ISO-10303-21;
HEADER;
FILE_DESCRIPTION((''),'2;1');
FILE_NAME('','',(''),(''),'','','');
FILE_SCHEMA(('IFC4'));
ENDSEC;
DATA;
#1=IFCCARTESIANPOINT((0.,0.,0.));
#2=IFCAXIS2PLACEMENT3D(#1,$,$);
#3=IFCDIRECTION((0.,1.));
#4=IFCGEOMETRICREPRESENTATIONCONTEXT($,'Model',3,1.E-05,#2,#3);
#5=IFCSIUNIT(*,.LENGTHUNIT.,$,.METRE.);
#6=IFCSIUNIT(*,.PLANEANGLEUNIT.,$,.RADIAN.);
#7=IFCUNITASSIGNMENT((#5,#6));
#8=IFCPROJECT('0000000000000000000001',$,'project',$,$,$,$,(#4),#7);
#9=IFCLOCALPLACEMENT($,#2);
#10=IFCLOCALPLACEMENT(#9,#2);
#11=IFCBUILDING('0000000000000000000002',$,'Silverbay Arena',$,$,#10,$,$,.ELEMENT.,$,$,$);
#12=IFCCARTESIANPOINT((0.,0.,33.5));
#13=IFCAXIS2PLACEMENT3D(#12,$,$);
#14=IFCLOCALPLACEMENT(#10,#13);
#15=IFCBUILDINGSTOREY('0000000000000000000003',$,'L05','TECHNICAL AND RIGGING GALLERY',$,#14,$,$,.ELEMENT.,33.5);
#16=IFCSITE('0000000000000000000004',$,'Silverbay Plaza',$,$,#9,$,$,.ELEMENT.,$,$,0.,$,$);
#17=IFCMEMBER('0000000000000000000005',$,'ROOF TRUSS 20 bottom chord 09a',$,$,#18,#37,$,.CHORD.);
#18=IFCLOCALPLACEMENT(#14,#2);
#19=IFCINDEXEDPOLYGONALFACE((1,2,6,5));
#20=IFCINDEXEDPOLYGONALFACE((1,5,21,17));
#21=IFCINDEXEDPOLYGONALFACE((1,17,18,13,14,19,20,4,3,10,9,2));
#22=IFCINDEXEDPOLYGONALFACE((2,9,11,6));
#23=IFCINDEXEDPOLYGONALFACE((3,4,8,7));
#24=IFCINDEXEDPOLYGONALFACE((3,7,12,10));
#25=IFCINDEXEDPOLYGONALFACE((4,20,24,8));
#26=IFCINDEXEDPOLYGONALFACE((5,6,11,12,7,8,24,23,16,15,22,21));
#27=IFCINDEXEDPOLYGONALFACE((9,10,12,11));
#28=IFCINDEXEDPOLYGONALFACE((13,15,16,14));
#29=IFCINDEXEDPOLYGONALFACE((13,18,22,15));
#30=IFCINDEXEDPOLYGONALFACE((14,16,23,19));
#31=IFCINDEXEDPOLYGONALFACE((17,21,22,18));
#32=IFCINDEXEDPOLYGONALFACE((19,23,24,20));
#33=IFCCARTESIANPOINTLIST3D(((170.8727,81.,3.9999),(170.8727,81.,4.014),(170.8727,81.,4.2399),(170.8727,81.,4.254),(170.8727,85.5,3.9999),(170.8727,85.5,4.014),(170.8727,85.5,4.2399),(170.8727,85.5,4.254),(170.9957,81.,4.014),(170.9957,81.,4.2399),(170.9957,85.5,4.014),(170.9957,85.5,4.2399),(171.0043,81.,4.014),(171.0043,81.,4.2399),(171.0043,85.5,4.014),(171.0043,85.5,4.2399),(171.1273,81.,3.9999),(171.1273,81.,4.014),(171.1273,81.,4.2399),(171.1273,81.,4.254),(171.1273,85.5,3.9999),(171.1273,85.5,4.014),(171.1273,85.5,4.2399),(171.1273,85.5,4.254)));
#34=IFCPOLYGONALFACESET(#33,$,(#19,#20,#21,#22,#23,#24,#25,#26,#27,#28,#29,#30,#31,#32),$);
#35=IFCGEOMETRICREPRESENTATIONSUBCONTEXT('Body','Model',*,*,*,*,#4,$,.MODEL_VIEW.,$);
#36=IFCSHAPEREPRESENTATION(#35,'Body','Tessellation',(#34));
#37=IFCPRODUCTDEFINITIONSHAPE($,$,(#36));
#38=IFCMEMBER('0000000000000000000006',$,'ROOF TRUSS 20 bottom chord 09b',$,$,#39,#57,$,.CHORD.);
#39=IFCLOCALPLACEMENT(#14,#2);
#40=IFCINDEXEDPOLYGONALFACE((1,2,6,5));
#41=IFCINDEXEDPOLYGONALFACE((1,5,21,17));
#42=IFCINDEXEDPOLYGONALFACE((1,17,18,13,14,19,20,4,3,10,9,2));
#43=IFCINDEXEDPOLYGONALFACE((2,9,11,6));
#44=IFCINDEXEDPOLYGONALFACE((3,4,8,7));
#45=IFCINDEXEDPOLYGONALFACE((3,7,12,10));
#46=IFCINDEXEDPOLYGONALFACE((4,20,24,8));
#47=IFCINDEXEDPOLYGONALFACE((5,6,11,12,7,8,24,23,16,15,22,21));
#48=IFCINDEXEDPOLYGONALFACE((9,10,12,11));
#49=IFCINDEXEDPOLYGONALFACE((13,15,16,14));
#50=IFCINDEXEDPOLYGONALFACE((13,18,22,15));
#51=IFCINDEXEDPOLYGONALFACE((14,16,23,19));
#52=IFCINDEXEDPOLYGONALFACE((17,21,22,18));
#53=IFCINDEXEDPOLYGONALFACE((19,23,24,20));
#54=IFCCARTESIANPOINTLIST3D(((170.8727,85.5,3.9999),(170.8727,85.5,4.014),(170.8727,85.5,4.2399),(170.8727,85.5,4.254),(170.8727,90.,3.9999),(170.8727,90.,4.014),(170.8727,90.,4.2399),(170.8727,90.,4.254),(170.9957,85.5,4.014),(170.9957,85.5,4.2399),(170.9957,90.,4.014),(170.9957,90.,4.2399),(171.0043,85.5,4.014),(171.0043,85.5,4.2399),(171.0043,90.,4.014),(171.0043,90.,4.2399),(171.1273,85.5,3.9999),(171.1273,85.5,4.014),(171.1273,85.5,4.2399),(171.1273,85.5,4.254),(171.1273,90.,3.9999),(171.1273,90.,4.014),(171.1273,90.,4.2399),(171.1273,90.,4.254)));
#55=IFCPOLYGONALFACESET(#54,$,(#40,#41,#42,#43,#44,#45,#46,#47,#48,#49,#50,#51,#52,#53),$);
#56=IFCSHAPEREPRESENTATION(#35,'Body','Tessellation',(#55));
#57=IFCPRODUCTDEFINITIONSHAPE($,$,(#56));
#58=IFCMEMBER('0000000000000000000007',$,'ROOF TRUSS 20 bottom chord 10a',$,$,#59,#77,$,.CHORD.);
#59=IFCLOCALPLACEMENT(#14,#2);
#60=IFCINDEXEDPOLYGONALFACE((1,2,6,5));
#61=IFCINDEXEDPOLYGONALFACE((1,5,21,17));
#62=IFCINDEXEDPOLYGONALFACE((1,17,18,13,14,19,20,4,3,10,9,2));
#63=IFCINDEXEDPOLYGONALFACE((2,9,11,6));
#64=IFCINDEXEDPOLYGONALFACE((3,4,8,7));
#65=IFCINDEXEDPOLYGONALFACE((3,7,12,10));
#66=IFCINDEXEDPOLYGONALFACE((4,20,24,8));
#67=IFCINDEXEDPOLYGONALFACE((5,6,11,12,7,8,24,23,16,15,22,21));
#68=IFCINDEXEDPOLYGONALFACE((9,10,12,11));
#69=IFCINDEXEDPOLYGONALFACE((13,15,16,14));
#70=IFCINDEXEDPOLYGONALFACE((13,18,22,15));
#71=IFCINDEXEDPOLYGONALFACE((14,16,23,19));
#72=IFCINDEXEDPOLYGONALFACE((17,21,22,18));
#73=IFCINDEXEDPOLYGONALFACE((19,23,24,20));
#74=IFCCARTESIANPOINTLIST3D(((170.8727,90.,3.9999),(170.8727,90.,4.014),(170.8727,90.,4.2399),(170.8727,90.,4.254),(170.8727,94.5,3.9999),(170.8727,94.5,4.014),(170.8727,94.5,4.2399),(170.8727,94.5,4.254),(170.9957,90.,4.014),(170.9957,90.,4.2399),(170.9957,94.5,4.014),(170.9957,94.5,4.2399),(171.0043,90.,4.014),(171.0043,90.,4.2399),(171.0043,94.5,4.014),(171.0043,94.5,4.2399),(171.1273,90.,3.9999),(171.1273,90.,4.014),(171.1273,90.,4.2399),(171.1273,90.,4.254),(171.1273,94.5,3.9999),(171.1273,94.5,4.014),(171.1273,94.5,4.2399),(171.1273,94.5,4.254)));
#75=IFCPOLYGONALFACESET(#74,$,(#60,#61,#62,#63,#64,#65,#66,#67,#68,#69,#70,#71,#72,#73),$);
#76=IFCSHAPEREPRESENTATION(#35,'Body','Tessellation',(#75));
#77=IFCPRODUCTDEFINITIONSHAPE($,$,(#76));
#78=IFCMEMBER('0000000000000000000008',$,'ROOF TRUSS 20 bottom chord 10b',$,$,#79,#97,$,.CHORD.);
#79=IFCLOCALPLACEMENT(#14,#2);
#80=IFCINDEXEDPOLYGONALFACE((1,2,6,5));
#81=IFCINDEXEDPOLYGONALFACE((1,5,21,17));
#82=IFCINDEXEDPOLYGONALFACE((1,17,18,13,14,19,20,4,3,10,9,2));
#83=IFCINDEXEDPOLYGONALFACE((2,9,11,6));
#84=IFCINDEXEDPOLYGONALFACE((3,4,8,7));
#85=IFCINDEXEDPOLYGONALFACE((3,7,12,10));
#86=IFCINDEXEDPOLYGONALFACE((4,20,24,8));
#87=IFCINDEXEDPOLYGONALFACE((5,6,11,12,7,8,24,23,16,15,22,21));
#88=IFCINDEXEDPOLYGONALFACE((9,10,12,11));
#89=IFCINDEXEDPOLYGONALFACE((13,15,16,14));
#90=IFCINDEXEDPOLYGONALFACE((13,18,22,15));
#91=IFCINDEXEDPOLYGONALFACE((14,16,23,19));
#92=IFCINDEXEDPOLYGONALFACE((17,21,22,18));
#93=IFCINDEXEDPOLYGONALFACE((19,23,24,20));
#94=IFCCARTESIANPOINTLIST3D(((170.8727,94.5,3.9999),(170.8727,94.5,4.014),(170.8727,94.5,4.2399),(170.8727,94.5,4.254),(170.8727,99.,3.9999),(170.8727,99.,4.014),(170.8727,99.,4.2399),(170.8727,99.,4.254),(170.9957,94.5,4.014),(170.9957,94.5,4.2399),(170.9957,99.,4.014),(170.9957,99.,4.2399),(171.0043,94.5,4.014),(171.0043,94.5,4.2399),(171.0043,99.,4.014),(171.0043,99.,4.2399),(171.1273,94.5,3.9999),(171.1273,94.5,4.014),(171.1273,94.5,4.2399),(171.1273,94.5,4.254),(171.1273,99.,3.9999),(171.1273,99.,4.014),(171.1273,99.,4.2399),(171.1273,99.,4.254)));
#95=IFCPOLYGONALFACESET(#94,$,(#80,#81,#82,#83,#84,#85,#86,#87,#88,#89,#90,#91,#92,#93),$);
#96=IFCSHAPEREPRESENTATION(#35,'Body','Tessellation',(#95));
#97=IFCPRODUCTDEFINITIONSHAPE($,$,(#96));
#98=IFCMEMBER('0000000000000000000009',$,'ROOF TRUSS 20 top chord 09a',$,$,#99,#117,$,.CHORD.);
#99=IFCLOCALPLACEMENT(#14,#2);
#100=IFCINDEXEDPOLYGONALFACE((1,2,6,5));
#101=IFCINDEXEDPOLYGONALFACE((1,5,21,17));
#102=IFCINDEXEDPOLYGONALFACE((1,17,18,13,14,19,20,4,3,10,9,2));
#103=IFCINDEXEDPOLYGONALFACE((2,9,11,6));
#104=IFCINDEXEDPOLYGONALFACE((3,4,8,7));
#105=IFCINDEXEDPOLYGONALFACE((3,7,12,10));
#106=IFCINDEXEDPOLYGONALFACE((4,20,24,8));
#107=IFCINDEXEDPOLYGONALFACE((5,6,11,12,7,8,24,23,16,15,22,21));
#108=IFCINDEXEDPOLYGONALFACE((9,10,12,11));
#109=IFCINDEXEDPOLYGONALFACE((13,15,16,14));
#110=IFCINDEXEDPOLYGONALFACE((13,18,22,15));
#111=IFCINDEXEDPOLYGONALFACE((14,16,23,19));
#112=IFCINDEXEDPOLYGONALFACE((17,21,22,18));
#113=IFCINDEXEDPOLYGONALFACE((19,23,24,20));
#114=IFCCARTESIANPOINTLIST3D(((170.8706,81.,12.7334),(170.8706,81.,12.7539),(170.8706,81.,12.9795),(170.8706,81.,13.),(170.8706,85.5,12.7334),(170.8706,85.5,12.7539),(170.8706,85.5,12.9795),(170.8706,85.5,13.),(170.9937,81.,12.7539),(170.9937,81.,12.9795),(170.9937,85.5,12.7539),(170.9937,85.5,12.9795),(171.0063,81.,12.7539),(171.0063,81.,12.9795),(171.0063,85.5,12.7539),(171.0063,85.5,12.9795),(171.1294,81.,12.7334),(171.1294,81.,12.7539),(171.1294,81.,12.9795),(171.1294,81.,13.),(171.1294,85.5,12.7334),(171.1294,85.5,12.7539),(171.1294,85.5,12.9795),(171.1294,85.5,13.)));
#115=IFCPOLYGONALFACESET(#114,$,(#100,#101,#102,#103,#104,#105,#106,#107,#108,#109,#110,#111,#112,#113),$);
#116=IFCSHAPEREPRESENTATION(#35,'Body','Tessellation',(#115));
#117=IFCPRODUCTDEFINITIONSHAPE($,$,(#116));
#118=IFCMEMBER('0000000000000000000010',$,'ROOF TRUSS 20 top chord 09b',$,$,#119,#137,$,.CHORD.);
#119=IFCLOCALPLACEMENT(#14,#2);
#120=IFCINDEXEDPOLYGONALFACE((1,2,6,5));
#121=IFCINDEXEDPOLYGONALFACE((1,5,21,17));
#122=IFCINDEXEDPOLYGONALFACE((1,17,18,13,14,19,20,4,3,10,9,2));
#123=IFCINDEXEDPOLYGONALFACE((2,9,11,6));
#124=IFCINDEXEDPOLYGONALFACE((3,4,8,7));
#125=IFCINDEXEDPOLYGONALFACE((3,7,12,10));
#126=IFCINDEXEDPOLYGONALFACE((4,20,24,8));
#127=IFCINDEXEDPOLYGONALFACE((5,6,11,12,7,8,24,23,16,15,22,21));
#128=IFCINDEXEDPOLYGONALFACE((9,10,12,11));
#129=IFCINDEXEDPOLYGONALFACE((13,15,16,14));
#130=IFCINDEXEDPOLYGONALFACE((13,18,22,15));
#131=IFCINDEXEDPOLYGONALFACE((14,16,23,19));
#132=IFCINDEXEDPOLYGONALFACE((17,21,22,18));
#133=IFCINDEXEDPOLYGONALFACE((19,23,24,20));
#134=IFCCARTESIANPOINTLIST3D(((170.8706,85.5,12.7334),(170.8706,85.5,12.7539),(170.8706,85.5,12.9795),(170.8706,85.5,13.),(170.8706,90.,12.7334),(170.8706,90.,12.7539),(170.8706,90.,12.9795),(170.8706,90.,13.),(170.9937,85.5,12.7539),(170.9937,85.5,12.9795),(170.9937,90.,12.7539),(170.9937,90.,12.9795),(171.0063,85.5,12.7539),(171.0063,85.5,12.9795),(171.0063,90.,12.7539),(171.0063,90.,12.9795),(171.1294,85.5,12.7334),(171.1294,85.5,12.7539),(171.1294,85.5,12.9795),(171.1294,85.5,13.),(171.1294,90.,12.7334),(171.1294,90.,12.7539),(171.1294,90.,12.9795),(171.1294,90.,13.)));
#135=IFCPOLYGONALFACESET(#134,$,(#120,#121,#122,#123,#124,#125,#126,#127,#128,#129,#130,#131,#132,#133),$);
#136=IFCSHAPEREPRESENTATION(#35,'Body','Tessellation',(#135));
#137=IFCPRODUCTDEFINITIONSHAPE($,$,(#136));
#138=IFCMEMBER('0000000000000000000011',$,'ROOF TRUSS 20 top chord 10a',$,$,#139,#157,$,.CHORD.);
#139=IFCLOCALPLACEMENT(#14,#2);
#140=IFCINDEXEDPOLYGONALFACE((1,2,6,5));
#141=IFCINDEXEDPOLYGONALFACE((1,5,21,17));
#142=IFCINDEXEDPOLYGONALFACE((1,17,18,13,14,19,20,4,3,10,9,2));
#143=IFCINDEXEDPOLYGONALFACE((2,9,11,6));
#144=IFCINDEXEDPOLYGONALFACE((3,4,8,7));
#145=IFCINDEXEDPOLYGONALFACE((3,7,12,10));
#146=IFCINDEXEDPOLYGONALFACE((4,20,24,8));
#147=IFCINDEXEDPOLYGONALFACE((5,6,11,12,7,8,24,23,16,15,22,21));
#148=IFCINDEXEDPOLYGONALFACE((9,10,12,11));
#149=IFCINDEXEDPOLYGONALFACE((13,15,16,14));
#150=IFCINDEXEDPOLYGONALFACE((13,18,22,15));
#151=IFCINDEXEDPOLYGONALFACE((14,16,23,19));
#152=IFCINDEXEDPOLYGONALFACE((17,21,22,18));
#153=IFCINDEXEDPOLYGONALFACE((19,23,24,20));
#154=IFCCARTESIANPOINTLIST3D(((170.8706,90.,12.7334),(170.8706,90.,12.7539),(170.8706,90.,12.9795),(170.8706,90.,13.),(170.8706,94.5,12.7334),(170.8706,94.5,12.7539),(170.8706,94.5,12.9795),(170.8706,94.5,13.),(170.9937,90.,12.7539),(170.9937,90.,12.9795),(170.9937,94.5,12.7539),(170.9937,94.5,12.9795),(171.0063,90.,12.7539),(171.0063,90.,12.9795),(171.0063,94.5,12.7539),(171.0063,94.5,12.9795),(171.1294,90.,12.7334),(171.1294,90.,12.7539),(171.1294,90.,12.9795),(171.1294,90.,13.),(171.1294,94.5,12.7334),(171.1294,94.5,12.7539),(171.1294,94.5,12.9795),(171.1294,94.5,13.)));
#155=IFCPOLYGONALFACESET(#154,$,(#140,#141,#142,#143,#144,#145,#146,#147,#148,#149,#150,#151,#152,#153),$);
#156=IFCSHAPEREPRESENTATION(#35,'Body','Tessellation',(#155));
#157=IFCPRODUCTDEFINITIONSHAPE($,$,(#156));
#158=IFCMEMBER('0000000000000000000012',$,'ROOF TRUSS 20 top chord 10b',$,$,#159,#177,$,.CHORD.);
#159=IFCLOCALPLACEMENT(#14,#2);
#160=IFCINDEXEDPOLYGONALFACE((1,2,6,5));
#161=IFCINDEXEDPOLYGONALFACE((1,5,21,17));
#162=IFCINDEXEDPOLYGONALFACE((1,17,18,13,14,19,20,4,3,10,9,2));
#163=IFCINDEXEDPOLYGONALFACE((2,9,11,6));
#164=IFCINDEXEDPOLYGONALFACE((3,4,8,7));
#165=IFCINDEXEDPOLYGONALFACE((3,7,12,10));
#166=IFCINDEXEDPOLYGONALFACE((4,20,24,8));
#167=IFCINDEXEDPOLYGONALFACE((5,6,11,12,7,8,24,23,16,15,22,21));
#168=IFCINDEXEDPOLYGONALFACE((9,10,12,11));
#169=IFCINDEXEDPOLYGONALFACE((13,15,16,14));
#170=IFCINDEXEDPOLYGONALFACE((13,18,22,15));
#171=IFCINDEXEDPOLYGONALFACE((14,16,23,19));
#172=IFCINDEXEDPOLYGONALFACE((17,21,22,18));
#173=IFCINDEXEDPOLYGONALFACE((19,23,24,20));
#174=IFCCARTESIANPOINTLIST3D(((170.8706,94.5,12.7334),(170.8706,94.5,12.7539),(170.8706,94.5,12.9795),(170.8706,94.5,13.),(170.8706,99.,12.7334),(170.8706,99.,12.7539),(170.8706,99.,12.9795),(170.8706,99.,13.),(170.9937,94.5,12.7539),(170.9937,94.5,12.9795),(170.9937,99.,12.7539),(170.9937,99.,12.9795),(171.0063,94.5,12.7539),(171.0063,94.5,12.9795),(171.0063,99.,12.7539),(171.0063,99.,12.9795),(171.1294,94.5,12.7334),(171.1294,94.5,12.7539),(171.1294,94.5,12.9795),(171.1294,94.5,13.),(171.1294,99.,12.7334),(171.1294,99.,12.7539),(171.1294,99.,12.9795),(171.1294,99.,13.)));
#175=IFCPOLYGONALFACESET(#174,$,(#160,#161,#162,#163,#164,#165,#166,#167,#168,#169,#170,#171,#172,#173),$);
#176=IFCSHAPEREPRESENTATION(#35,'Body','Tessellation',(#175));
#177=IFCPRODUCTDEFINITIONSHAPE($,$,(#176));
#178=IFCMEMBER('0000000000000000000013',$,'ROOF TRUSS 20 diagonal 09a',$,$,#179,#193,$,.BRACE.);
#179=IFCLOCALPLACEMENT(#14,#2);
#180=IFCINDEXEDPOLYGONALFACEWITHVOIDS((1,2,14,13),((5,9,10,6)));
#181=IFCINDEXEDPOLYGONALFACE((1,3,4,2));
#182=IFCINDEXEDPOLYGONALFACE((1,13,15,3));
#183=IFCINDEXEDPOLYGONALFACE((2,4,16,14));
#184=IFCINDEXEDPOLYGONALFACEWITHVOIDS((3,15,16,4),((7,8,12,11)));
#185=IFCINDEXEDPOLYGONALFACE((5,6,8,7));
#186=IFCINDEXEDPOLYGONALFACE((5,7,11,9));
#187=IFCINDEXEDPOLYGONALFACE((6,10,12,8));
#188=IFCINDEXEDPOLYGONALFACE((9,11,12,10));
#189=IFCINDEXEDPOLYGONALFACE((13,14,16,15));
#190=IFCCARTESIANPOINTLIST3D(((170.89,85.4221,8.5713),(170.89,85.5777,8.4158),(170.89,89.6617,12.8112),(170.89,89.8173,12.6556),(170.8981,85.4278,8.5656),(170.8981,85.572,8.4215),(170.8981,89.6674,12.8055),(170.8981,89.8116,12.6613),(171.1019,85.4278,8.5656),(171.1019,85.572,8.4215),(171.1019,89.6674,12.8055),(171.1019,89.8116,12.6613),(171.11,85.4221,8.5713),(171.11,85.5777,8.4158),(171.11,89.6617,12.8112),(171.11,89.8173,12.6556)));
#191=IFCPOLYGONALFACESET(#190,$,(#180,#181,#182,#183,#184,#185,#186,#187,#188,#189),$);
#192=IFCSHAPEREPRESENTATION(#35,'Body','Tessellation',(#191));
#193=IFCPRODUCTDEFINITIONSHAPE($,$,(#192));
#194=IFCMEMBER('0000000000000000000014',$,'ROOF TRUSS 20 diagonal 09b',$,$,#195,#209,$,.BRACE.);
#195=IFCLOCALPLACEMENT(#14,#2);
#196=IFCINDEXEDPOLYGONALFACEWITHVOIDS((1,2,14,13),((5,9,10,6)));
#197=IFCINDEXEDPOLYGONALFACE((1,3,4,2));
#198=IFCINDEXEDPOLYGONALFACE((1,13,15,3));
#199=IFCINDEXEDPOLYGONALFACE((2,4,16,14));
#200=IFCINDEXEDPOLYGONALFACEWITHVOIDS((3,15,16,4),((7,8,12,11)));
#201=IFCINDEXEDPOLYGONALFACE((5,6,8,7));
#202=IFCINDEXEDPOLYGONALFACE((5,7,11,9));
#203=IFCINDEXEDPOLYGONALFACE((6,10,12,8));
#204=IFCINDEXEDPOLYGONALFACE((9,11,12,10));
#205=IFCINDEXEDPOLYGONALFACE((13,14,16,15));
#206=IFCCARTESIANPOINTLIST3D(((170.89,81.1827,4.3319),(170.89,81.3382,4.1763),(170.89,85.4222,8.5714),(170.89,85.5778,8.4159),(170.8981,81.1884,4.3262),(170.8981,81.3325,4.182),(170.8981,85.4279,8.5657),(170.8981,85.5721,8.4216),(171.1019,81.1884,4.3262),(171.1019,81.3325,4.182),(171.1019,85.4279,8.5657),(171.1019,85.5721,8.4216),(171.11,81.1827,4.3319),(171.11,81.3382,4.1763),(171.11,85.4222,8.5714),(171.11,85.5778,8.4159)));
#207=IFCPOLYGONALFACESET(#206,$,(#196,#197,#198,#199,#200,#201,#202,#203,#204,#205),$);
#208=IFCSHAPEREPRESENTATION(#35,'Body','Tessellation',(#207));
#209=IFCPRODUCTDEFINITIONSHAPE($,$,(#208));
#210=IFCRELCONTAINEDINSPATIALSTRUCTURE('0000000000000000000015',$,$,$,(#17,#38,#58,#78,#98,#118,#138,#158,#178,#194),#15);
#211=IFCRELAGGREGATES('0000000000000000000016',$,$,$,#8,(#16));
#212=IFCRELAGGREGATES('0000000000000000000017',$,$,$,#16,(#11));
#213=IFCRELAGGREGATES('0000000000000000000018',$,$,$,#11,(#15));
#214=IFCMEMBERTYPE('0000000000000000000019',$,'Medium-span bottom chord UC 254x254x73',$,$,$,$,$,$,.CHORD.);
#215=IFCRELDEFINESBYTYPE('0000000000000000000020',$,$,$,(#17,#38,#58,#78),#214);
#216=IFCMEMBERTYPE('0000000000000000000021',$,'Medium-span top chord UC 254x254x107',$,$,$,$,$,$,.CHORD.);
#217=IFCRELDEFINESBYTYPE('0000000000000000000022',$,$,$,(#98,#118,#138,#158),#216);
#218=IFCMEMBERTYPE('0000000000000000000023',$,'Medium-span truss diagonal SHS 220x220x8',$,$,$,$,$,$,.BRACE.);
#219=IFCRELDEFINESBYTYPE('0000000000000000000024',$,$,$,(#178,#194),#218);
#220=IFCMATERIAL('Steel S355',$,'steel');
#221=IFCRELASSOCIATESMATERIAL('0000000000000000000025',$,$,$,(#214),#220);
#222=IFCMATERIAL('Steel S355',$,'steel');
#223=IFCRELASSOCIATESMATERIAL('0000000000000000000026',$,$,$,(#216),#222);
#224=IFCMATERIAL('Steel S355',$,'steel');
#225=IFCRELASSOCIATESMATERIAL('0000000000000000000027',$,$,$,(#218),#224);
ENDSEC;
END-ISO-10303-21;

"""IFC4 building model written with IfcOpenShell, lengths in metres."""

from ifc_helpers import new_model, si_unit, direction, frame, origin, origin_2d, place, context, subcontext, project, spatial, hollow_rectangle, i_section, extrude, material, material_profile, profile_set, type_object, element, save


model = new_model("IFC4")

# Units and contexts
model_context = context("Model", 3, precision=1e-05, world=origin(), true_north=direction((0.0, 1.0)))
body_context = subcontext(model_context, "Body", "Model", "MODEL_VIEW")
ifc_project = project(units=[si_unit("LENGTHUNIT", "METRE"), si_unit("PLANEANGLEUNIT", "RADIAN")], contexts=[model_context])

# Site, building, storey
site_placement = place(None, origin())
site = spatial("IfcSite", under=ifc_project, at=site_placement, Name="Silverbay Plaza", CompositionType="ELEMENT", RefElevation=0.0)
building_placement = place(site_placement, origin())
building = spatial("IfcBuilding", under=site, at=building_placement, Name="Silverbay Arena", CompositionType="ELEMENT")
storey_placement = place(building_placement, frame((0.0, 0.0, 33.5)))
storey = spatial("IfcBuildingStorey", under=building, at=storey_placement, Name="L05", Description="TECHNICAL AND RIGGING GALLERY", CompositionType="ELEMENT", Elevation=33.5)

# Members
ifc_material_1 = material(Name="Steel S355", Category="steel")
ifc_material_profile_1 = material_profile(ifc_material_1, i_section(OverallWidth=0.2546, OverallDepth=0.2542, WebThickness=0.0085, FlangeThickness=0.0142, at=origin_2d()), Name="UC 254x254x73")
ifc_profile_set_1 = profile_set([ifc_material_profile_1], Name="Steel S355")
member_type_1 = type_object("IfcMemberType", Name="Medium-span bottom chord UC 254x254x73", PredefinedType="CHORD", material=ifc_profile_set_1)
for number, where, z_axis, x_axis, name in (
    (1, (171.0, 81.0, 4.127), (0.0, 1.0, 0.0), (-1.0, 0.0, 0.0), "ROOF TRUSS 20 bottom chord 09a"),
    (2, (171.0, 85.5, 4.127), (0.0, 1.0, 0.0), (-1.0, 0.0, 0.0), "ROOF TRUSS 20 bottom chord 09b"),
    (3, (171.0, 90.0, 4.127), (0.0, 1.0, 0.0), (-1.0, 0.0, 0.0), "ROOF TRUSS 20 bottom chord 10a"),
    (4, (171.0, 94.5, 4.127), (0.0, 1.0, 0.0), (-1.0, 0.0, 0.0), "ROOF TRUSS 20 bottom chord 10b"),
):
    element("IfcMember", number, at=place(storey_placement, frame(where, z_axis=z_axis, x_axis=x_axis)), inside=storey, type_object=member_type_1, Name=name, PredefinedType="CHORD", context=body_context, shape_type="SweptSolid", body=[
        extrude(i_section(OverallWidth=0.2546, OverallDepth=0.2542, WebThickness=0.0085, FlangeThickness=0.0142, at=origin_2d()), origin(), (0.0, 0.0, 1.0), 4.5),
    ])
ifc_material_2 = material(Name="Steel S355", Category="steel")
ifc_material_profile_2 = material_profile(ifc_material_2, i_section(OverallWidth=0.2588, OverallDepth=0.2666, WebThickness=0.0127, FlangeThickness=0.0205, at=origin_2d()), Name="UC 254x254x107")
ifc_profile_set_2 = profile_set([ifc_material_profile_2], Name="Steel S355")
member_type_2 = type_object("IfcMemberType", Name="Medium-span top chord UC 254x254x107", PredefinedType="CHORD", material=ifc_profile_set_2)
for number, where, z_axis, x_axis, name in (
    (5, (171.0, 81.0, 12.8667), (0.0, 1.0, 0.0), (-1.0, 0.0, 0.0), "ROOF TRUSS 20 top chord 09a"),
    (6, (171.0, 85.5, 12.8667), (0.0, 1.0, 0.0), (-1.0, 0.0, 0.0), "ROOF TRUSS 20 top chord 09b"),
    (7, (171.0, 90.0, 12.8667), (0.0, 1.0, 0.0), (-1.0, 0.0, 0.0), "ROOF TRUSS 20 top chord 10a"),
    (8, (171.0, 94.5, 12.8667), (0.0, 1.0, 0.0), (-1.0, 0.0, 0.0), "ROOF TRUSS 20 top chord 10b"),
):
    element("IfcMember", number, at=place(storey_placement, frame(where, z_axis=z_axis, x_axis=x_axis)), inside=storey, type_object=member_type_2, Name=name, PredefinedType="CHORD", context=body_context, shape_type="SweptSolid", body=[
        extrude(i_section(OverallWidth=0.2588, OverallDepth=0.2666, WebThickness=0.0127, FlangeThickness=0.0205, at=origin_2d()), origin(), (0.0, 0.0, 1.0), 4.5),
    ])
ifc_material_3 = material(Name="Steel S355", Category="steel")
ifc_material_profile_3 = material_profile(ifc_material_3, hollow_rectangle(XDim=0.22, YDim=0.22, WallThickness=0.0081, at=origin_2d()), Name="SHS 220x220x8")
ifc_profile_set_3 = profile_set([ifc_material_profile_3], Name="Steel S355")
member_type_3 = type_object("IfcMemberType", Name="Medium-span truss diagonal SHS 220x220x8", PredefinedType="BRACE", material=ifc_profile_set_3)
member_1_placement = place(storey_placement, frame((171.0, 89.7395, 12.7334), z_axis=(0.0, -0.707086, -0.707127), x_axis=(1.0, 0.0, 0.0)))
element("IfcMember", 9, at=member_1_placement, inside=storey, type_object=member_type_3, Name="ROOF TRUSS 20 diagonal 09a", PredefinedType="BRACE", context=body_context, shape_type="SweptSolid", body=[
    extrude(hollow_rectangle(XDim=0.22, YDim=0.22, WallThickness=0.0081, at=origin_2d()), origin(), (0.0, 0.0, 1.0), 5.9958),
])
member_2_placement = place(storey_placement, frame((171.0, 85.5, 8.4937), z_axis=(0.0, -0.707107, -0.707107), x_axis=(1.0, 0.0, 0.0)))
element("IfcMember", 10, at=member_2_placement, inside=storey, type_object=member_type_3, Name="ROOF TRUSS 20 diagonal 09b", PredefinedType="BRACE", context=body_context, shape_type="SweptSolid", body=[
    extrude(hollow_rectangle(XDim=0.22, YDim=0.22, WallThickness=0.0081, at=origin_2d()), origin(), (0.0, 0.0, 1.0), 5.9956),
])

save(model, "model.ifc")
